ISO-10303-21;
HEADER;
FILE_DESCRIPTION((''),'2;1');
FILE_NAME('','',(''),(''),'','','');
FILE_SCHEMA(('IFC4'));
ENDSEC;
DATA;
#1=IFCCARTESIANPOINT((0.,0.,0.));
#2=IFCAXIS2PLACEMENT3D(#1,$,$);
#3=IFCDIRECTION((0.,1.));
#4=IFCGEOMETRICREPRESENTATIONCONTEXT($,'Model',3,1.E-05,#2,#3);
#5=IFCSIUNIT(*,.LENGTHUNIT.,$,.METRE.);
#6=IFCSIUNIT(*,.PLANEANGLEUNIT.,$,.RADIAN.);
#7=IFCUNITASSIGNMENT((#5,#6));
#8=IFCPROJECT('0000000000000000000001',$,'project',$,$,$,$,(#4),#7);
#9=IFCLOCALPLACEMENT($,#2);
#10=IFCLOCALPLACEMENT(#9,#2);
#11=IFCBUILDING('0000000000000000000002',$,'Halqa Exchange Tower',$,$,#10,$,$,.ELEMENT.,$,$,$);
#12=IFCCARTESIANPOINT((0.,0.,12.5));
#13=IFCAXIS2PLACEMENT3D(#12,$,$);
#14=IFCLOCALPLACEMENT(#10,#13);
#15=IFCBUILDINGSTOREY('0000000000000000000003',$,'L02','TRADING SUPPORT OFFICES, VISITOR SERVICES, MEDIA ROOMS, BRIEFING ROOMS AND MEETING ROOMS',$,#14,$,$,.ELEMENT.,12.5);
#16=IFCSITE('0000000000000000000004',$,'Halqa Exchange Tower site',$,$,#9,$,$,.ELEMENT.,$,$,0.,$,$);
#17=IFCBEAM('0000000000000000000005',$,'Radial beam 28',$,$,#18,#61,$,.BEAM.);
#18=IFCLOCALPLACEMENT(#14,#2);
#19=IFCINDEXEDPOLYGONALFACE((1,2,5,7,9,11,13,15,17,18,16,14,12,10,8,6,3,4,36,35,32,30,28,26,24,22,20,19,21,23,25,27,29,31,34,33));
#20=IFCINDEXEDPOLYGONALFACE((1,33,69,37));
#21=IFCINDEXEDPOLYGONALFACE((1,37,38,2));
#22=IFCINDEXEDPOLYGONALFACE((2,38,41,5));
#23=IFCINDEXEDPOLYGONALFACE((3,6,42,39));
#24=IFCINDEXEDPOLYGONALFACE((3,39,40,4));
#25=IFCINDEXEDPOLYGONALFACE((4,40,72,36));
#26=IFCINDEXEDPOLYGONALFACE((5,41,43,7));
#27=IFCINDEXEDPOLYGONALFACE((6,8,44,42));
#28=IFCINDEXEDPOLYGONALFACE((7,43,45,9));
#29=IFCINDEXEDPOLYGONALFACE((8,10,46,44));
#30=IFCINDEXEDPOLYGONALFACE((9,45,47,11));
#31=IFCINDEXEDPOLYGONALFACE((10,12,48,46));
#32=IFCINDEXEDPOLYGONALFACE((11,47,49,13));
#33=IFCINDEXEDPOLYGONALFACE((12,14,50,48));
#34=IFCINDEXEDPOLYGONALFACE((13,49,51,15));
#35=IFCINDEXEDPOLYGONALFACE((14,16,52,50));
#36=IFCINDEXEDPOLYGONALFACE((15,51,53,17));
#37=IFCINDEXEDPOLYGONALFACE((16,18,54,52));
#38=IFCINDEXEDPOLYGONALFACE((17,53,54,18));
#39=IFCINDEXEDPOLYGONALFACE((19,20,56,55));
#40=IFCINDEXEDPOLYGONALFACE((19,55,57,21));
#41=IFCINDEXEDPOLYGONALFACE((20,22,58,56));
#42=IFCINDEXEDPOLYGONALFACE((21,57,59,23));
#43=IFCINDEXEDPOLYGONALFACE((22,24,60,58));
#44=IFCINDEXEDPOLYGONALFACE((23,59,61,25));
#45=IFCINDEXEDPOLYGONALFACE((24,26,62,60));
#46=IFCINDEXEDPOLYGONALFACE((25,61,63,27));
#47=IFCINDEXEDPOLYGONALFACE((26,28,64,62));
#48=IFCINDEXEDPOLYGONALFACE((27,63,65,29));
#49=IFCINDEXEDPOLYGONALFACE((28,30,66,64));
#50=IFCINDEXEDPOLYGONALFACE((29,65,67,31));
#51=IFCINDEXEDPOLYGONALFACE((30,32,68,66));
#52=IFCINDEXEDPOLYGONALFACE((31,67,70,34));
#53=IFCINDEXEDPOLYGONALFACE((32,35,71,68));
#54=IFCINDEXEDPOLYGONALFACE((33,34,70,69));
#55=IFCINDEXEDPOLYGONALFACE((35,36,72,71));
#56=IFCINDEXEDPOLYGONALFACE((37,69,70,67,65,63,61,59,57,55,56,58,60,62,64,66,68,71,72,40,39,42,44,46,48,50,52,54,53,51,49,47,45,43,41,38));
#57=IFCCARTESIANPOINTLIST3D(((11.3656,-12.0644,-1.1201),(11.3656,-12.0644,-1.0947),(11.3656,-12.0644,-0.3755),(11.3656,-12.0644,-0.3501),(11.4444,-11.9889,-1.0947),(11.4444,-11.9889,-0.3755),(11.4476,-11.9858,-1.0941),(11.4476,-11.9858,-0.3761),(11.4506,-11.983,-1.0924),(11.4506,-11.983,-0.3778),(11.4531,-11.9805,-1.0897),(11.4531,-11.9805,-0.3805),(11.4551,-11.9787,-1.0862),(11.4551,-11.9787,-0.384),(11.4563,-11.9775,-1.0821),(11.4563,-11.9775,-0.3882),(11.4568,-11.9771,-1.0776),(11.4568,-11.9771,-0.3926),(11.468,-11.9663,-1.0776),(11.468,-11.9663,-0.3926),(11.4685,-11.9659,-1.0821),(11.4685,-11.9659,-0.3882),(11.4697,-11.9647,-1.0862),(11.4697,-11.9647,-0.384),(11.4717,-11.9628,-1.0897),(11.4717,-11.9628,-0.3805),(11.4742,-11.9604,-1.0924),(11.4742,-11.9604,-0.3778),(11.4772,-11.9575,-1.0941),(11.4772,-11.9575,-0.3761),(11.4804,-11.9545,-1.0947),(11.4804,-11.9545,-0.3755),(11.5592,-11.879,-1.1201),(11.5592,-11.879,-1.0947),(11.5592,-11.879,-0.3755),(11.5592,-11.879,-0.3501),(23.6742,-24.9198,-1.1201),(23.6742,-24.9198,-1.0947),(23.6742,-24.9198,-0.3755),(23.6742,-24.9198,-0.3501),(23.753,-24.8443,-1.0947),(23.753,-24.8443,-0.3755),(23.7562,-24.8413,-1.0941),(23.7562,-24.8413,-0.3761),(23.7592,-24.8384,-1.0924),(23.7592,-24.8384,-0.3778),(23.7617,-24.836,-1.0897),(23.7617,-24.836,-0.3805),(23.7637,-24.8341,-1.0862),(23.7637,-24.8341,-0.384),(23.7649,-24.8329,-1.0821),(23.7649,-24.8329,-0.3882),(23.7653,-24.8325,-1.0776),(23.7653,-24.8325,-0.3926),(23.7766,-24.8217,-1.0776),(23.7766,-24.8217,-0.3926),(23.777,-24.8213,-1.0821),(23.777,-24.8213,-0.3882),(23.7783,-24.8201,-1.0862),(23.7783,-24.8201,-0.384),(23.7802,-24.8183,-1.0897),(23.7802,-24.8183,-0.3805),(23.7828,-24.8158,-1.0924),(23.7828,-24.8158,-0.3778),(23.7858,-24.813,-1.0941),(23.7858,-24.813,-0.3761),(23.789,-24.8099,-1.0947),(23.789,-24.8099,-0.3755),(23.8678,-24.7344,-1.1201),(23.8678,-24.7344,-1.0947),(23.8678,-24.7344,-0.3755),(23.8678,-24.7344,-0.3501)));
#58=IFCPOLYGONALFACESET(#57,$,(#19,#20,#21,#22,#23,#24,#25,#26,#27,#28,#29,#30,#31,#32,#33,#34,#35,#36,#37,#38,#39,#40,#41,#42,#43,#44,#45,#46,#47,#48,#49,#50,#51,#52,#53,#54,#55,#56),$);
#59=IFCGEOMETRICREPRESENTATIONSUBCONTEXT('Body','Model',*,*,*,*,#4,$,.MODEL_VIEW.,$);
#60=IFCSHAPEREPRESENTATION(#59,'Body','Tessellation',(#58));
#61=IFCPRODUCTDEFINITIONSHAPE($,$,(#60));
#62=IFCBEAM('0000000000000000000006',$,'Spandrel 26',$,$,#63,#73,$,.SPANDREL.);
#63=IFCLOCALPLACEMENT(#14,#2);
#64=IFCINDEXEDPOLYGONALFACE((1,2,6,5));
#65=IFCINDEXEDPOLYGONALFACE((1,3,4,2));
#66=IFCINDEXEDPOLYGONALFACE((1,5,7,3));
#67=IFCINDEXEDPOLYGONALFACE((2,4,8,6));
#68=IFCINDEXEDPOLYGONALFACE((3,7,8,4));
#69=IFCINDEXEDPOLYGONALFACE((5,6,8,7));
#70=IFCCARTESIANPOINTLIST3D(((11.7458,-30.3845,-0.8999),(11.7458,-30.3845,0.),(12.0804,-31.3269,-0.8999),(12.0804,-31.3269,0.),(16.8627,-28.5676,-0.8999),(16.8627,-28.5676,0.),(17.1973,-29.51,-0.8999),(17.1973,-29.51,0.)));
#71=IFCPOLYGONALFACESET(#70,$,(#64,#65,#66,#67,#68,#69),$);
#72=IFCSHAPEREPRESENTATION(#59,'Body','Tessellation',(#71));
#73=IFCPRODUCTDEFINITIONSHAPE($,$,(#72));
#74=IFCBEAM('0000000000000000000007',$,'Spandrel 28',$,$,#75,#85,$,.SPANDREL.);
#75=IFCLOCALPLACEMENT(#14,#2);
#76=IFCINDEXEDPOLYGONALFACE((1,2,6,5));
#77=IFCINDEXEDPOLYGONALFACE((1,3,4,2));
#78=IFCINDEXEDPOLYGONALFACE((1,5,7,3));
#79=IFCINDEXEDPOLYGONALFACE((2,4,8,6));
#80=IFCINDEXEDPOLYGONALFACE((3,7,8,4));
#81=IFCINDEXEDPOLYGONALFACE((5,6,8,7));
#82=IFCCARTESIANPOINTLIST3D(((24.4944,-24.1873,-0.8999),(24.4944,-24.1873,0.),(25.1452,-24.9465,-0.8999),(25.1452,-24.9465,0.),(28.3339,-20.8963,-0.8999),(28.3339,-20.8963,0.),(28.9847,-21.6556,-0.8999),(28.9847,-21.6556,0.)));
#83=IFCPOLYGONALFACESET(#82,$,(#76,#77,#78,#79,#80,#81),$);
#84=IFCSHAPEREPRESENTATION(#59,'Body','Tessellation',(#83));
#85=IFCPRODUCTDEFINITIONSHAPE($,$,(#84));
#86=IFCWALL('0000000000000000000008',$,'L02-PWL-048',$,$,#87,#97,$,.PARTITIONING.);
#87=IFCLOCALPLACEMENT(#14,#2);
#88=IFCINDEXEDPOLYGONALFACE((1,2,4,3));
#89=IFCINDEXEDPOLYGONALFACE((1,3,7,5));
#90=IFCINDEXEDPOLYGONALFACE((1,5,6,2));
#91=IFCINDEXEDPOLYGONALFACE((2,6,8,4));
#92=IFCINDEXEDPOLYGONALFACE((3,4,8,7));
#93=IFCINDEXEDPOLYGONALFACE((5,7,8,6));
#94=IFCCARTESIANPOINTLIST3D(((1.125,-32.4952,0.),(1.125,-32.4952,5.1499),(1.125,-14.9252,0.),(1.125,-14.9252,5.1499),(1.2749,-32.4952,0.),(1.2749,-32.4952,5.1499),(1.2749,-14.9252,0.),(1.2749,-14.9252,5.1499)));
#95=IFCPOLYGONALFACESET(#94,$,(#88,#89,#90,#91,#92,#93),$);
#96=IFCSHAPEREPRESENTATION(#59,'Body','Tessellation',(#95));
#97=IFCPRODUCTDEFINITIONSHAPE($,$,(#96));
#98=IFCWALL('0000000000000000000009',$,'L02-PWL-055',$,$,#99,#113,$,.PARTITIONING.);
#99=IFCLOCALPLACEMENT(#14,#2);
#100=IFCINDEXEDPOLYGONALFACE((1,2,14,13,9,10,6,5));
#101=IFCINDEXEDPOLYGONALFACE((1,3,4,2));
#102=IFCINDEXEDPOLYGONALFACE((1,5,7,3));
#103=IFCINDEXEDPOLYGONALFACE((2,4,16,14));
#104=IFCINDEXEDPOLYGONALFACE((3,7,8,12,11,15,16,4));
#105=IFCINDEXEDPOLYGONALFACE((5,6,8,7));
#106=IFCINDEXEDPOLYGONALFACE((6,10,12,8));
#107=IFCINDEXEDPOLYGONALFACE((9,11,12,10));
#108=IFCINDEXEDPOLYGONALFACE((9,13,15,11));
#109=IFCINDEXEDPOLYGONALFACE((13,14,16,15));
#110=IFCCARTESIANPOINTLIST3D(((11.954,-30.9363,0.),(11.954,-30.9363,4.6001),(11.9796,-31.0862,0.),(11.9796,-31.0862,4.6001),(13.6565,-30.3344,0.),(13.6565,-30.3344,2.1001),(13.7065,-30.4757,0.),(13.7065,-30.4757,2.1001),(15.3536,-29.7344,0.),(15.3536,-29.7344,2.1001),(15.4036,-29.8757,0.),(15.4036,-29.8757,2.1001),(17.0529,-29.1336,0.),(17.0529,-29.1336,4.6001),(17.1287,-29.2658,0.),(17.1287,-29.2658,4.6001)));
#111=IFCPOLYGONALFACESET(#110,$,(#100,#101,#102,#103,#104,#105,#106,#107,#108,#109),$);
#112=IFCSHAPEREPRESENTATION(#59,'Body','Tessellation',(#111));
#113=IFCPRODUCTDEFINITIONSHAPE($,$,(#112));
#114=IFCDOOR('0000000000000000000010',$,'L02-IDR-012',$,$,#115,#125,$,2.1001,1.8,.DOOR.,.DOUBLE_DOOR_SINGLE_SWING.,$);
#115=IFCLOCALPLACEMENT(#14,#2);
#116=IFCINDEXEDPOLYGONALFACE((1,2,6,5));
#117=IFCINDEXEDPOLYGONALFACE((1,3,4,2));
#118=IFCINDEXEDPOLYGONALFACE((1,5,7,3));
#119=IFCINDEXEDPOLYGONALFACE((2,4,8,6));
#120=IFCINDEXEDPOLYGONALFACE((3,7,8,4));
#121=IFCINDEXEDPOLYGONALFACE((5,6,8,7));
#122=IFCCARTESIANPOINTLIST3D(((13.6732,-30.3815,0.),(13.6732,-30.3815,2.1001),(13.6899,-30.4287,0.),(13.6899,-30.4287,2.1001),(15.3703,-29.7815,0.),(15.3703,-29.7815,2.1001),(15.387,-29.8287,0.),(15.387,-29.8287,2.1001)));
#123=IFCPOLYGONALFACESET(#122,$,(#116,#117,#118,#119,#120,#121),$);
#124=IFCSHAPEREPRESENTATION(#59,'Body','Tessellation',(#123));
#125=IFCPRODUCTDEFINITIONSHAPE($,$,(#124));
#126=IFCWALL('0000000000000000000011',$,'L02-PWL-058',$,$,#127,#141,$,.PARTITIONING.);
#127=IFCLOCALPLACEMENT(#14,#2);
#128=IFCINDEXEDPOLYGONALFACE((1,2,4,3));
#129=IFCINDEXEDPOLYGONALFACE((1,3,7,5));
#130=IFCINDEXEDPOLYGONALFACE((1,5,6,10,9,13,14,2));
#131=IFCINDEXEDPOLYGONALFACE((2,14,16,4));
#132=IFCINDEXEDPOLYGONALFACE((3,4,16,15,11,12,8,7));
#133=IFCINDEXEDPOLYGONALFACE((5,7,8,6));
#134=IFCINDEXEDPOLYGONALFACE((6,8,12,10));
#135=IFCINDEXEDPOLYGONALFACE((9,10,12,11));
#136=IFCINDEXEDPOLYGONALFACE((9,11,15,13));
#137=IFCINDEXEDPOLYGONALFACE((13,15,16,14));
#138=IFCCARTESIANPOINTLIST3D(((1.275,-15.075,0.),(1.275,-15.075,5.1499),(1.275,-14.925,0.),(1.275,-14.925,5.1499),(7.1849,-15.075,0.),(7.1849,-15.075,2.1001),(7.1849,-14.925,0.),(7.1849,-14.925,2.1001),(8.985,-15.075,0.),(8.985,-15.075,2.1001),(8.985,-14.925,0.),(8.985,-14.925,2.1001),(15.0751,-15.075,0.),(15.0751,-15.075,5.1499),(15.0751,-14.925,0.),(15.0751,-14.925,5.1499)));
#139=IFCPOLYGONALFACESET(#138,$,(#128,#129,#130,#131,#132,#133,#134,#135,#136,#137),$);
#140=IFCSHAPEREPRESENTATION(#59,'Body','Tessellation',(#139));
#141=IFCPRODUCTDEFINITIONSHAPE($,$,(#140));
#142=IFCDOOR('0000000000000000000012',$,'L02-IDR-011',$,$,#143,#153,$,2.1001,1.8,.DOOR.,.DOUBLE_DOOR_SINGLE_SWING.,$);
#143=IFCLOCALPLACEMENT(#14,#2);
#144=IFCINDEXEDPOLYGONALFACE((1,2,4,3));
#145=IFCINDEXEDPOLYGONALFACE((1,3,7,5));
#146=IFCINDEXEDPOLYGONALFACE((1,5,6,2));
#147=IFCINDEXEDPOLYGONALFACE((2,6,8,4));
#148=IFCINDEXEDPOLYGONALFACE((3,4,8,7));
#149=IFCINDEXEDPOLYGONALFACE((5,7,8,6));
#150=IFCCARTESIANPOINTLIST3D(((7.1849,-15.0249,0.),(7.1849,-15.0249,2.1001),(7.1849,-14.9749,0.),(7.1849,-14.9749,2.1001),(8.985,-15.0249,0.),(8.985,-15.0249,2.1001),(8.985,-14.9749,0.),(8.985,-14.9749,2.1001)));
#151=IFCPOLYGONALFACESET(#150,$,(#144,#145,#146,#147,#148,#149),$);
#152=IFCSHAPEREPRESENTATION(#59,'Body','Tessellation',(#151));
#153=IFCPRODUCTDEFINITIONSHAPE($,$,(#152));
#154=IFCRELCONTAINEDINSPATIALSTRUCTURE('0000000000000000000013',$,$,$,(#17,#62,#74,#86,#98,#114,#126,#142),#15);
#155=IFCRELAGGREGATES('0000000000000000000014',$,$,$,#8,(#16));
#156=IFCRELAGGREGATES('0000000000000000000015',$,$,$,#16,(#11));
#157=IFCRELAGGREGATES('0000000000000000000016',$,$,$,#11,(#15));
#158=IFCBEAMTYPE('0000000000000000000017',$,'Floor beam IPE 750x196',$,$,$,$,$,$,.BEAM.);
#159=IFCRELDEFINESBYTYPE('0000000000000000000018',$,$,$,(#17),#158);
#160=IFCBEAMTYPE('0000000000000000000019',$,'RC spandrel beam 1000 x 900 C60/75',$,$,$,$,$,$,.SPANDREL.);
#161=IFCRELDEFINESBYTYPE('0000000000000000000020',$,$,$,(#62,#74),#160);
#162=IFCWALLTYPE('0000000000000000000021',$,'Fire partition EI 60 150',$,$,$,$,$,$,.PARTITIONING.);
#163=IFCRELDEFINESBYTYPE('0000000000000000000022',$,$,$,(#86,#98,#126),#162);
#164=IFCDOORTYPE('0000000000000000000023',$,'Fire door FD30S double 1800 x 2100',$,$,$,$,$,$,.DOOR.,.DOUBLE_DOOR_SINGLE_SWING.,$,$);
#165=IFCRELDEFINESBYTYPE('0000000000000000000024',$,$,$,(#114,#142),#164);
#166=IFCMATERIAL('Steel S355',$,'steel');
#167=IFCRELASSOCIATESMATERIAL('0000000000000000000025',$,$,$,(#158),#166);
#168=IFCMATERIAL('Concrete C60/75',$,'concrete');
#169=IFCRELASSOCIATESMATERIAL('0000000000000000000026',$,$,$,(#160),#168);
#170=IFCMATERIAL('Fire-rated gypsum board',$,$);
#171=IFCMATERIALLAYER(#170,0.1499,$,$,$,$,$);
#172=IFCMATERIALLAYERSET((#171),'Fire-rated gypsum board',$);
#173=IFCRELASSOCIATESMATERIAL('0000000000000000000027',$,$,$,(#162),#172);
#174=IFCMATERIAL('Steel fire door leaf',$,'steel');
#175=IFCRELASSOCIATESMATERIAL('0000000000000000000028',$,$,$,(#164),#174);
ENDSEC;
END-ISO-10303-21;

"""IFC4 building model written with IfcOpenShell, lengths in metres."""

from ifc_helpers import new_model, si_unit, direction, frame, frame_2d, origin, origin_2d, place, context, subcontext, project, spatial, polyline, rectangle, i_section, outline, extrude, material, layer, layer_set, material_profile, profile_set, type_object, element, fill, save


model = new_model("IFC4")

# Units and contexts
model_context = context("Model", 3, precision=1e-05, world=origin(), true_north=direction((0.0, 1.0)))
body_context = subcontext(model_context, "Body", "Model", "MODEL_VIEW")
ifc_project = project(units=[si_unit("LENGTHUNIT", "METRE"), si_unit("PLANEANGLEUNIT", "RADIAN")], contexts=[model_context])

# Site, building, storey
site_placement = place(None, origin())
site = spatial("IfcSite", under=ifc_project, at=site_placement, Name="Halqa Exchange Tower site", CompositionType="ELEMENT", RefElevation=0.0)
building_placement = place(site_placement, origin())
building = spatial("IfcBuilding", under=site, at=building_placement, Name="Halqa Exchange Tower", CompositionType="ELEMENT")
storey_placement = place(building_placement, frame((0.0, 0.0, 12.5)))
storey = spatial("IfcBuildingStorey", under=building, at=storey_placement, Name="L02", Description="TRADING SUPPORT OFFICES, VISITOR SERVICES, MEDIA ROOMS, BRIEFING ROOMS AND MEETING ROOMS", CompositionType="ELEMENT", Elevation=12.5)

# Beams
ifc_material_1 = material(Name="Steel S355", Category="steel")
ifc_material_profile_1 = material_profile(ifc_material_1, i_section(OverallWidth=0.2681, OverallDepth=0.77, WebThickness=0.0156, FlangeThickness=0.0254, FilletRadius=0.0171, at=origin_2d()), Name="IPE 750x196")
ifc_profile_set_1 = profile_set([ifc_material_profile_1], Name="Steel S355")
beam_type_1 = type_object("IfcBeamType", Name="Floor beam IPE 750x196", PredefinedType="BEAM", material=ifc_profile_set_1)
beam_1_placement = place(storey_placement, frame((11.4624, -11.9717, -0.7351), z_axis=(0.691576, -0.722303, 0.0), x_axis=(0.722303, 0.691576, 0.0)))
element("IfcBeam", 1, at=beam_1_placement, inside=storey, type_object=beam_type_1, Name="Radial beam 28", PredefinedType="BEAM", context=body_context, shape_type="SweptSolid", body=[
    extrude(i_section(OverallWidth=0.2681, OverallDepth=0.77, WebThickness=0.0156, FlangeThickness=0.0254, FilletRadius=0.0171, at=origin_2d()), origin(), (0.0, 0.0, 1.0), 17.7979),
])
ifc_material_2 = material(Name="Concrete C60/75", Category="concrete")
ifc_material_profile_2 = material_profile(ifc_material_2, rectangle(XDim=1.0, YDim=0.8999, at=origin_2d()), Name="1000 x 900")
ifc_profile_set_2 = profile_set([ifc_material_profile_2], Name="Concrete C60/75")
beam_type_2 = type_object("IfcBeamType", Name="RC spandrel beam 1000 x 900 C60/75", PredefinedType="SPANDREL", material=ifc_profile_set_2)
beam_2_placement = place(storey_placement, frame((11.9131, -30.8557, -0.45), z_axis=(0.942358, 0.334607, 0.0), x_axis=(-0.334607, 0.942358, 0.0)))
element("IfcBeam", 2, at=beam_2_placement, inside=storey, type_object=beam_type_2, Name="Spandrel 26", PredefinedType="SPANDREL", context=body_context, shape_type="SweptSolid", body=[
    extrude(rectangle(XDim=1.0, YDim=0.8999, at=origin_2d()), origin(), (0.0, 0.0, 1.0), 5.4299),
])
beam_3_placement = place(storey_placement, frame((24.8198, -24.5669, -0.45), z_axis=(0.759263, 0.650783, 0.0), x_axis=(-0.650783, 0.759263, 0.0)))
element("IfcBeam", 3, at=beam_3_placement, inside=storey, type_object=beam_type_2, Name="Spandrel 28", PredefinedType="SPANDREL", context=body_context, shape_type="SweptSolid", body=[
    extrude(rectangle(XDim=1.0, YDim=0.8999, at=origin_2d()), origin(), (0.0, 0.0, 1.0), 5.0569),
])

# Wall
ifc_material_3 = material(Name="Fire-rated gypsum board")
ifc_layer_1 = layer(ifc_material_3, 0.1499)
ifc_layer_set_1 = layer_set([ifc_layer_1], Name="Fire-rated gypsum board")
wall_type_1 = type_object("IfcWallType", Name="Fire partition EI 60 150", PredefinedType="PARTITIONING", material=ifc_layer_set_1)
wall_1_placement = place(storey_placement, frame((1.2, -14.925, 0.0), z_axis=(0.0, 0.0, 1.0), x_axis=(0.0, -1.0, 0.0)))
element("IfcWall", 4, at=wall_1_placement, inside=storey, type_object=wall_type_1, Name="L02-PWL-048", PredefinedType="PARTITIONING", context=body_context, shape_type="SweptSolid", body=[
    extrude(rectangle(XDim=17.5701, YDim=0.1499, at=frame_2d((8.7852, 0.0))), origin(), (0.0, 0.0, 1.0), 5.1499),
])

# Walls, openings, doors
wall_2_placement = place(storey_placement, frame((11.9668, -31.0112, 0.0), z_axis=(0.0, 0.0, 1.0), x_axis=(0.942814, 0.333318, 0.0)))
wall_2 = element("IfcWall", 5, at=wall_2_placement, inside=storey, type_object=wall_type_1, Name="L02-PWL-055", PredefinedType="PARTITIONING", context=body_context, shape_type="SweptSolid", body=[
    extrude(outline(polyline([(-0.0129, -0.075), (5.4485, -0.075), (5.4211, 0.075), (0.0129, 0.075), (-0.0129, -0.075)])), origin(), (0.0, 0.0, 1.0), 4.6001),
])
opening_1_placement = place(wall_2_placement, frame((1.8188, 0.0, 0.0)))
opening_1 = element("IfcOpeningElement", 6, at=opening_1_placement, cuts=wall_2, PredefinedType="OPENING", context=body_context, shape_type="SweptSolid", body=[
    extrude(rectangle(XDim=1.8, YDim=2.1001, at=frame_2d((0.8999, 1.05))), frame((0.0, 0.0869, 0.0), z_axis=(0.0, -1.0, 0.0), x_axis=(1.0, 0.0, 0.0)), (0.0, 0.0, 1.0), 0.1738),
])
ifc_material_4 = material(Name="Steel fire door leaf", Category="steel")
door_type_1 = type_object("IfcDoorType", Name="Fire door FD30S double 1800 x 2100", OperationType="DOUBLE_DOOR_SINGLE_SWING", PredefinedType="DOOR", material=ifc_material_4)
door_1_placement = place(opening_1_placement, origin())
door_1 = element("IfcDoor", 7, at=door_1_placement, inside=storey, type_object=door_type_1, Name="L02-IDR-012", OperationType="DOUBLE_DOOR_SINGLE_SWING", OverallHeight=2.1001, OverallWidth=1.8, PredefinedType="DOOR", context=body_context, shape_type="SweptSolid", body=[
    extrude(rectangle(XDim=1.8, YDim=2.1001, at=frame_2d((0.8999, 1.05))), frame((0.0, 0.0249, 0.0), z_axis=(0.0, -1.0, 0.0), x_axis=(1.0, 0.0, 0.0)), (0.0, 0.0, 1.0), 0.05),
])
fill(opening_1, door_1)
wall_3_placement = place(storey_placement, frame((15.075, -15.0, 0.0), z_axis=(0.0, 0.0, 1.0), x_axis=(-1.0, 0.0, 0.0)))
wall_3 = element("IfcWall", 8, at=wall_3_placement, inside=storey, type_object=wall_type_1, Name="L02-PWL-058", PredefinedType="PARTITIONING", context=body_context, shape_type="SweptSolid", body=[
    extrude(rectangle(XDim=13.8, YDim=0.1499, at=frame_2d((6.8999, 0.0))), origin(), (0.0, 0.0, 1.0), 5.1499),
])
opening_2_placement = place(wall_3_placement, frame((6.0901, 0.0, 0.0)))
opening_2 = element("IfcOpeningElement", 9, at=opening_2_placement, cuts=wall_3, PredefinedType="OPENING", context=body_context, shape_type="SweptSolid", body=[
    extrude(rectangle(XDim=1.8, YDim=2.1001, at=frame_2d((0.8999, 1.05))), frame((0.0, 0.0869, 0.0), z_axis=(0.0, -1.0, 0.0), x_axis=(1.0, 0.0, 0.0)), (0.0, 0.0, 1.0), 0.1738),
])
door_2_placement = place(opening_2_placement, origin())
door_2 = element("IfcDoor", 10, at=door_2_placement, inside=storey, type_object=door_type_1, Name="L02-IDR-011", OperationType="DOUBLE_DOOR_SINGLE_SWING", OverallHeight=2.1001, OverallWidth=1.8, PredefinedType="DOOR", context=body_context, shape_type="SweptSolid", body=[
    extrude(rectangle(XDim=1.8, YDim=2.1001, at=frame_2d((0.8999, 1.05))), frame((0.0, 0.0249, 0.0), z_axis=(0.0, -1.0, 0.0), x_axis=(1.0, 0.0, 0.0)), (0.0, 0.0, 1.0), 0.05),
])
fill(opening_2, door_2)

save(model, "model.ifc")
